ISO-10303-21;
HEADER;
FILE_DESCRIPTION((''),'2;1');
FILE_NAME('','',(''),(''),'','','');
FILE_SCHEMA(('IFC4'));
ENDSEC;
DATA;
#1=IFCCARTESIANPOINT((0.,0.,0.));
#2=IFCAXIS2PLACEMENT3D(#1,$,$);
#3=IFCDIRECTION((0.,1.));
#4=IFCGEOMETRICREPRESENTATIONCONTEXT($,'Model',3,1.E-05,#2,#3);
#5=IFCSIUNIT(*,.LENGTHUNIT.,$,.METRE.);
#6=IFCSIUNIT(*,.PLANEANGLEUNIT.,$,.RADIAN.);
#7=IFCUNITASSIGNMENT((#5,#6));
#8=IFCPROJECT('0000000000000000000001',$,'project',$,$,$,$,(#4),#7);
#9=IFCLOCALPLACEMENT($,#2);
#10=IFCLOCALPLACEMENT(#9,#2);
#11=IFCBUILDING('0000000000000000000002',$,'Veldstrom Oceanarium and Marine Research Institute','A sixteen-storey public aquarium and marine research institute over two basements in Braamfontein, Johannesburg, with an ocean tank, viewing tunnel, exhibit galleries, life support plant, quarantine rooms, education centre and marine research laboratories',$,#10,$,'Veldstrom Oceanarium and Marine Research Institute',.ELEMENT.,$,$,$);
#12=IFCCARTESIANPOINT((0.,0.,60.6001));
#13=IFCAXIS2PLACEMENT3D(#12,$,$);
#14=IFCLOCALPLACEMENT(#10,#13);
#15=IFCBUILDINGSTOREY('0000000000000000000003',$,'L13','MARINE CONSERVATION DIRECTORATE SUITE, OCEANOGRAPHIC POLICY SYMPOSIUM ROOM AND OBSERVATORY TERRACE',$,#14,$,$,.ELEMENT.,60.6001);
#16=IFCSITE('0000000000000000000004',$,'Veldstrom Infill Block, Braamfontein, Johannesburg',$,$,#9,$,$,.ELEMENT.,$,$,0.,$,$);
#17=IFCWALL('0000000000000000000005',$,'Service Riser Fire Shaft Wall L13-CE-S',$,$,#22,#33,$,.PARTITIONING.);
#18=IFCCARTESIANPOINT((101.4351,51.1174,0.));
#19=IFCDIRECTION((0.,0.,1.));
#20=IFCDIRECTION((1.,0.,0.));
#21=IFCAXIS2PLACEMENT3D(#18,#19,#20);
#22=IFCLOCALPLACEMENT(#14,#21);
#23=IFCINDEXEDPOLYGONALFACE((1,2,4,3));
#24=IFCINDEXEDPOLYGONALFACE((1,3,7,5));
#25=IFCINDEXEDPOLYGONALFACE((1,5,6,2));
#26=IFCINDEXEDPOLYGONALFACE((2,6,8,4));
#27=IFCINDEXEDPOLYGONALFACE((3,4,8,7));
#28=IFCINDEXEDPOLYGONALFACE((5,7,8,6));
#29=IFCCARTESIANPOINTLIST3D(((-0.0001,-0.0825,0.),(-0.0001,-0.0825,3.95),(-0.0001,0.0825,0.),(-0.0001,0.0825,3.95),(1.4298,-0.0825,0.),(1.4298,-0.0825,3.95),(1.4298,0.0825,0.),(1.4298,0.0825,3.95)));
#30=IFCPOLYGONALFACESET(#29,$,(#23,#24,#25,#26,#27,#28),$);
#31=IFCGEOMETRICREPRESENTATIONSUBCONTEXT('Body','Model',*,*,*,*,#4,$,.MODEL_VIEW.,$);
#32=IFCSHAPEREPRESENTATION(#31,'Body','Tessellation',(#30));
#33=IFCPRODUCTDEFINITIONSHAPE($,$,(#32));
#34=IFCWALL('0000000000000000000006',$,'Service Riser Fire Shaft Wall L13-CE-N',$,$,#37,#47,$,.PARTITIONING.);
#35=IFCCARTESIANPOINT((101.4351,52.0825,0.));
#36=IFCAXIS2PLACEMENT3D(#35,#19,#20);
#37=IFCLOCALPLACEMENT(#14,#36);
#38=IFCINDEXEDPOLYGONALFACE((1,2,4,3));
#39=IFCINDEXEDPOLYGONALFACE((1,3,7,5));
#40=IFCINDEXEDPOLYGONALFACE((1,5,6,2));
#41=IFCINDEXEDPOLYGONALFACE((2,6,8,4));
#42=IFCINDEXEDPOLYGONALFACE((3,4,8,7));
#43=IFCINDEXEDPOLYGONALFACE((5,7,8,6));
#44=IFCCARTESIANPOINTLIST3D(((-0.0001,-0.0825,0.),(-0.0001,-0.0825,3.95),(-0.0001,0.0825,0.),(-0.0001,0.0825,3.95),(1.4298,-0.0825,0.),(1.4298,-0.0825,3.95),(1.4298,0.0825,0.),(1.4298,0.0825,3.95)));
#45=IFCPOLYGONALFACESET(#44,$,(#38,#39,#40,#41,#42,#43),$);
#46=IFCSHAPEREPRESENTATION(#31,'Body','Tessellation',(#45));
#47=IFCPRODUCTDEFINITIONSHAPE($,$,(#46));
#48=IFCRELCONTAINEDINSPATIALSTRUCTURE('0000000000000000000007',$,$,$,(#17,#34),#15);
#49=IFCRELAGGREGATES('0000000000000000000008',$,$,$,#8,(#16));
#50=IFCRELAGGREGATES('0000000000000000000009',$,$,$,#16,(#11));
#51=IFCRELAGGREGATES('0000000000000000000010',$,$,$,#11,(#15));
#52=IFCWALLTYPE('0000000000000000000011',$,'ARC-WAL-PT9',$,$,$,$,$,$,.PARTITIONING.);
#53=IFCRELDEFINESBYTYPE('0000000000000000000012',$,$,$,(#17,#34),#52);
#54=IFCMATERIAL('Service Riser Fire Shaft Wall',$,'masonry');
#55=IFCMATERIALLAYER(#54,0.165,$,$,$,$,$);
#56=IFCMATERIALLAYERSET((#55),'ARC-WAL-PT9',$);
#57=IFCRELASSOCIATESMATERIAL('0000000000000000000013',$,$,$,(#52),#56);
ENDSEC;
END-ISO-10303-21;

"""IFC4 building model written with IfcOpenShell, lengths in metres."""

from ifc_helpers import new_model, si_unit, direction, frame, frame_2d, origin, place, context, subcontext, project, spatial, rectangle, extrude, material, layer, layer_set, type_object, element, save


model = new_model("IFC4")

# Units and contexts
model_context = context("Model", 3, precision=1e-05, world=origin(), true_north=direction((0.0, 1.0)))
body_context = subcontext(model_context, "Body", "Model", "MODEL_VIEW")
ifc_project = project(units=[si_unit("LENGTHUNIT", "METRE"), si_unit("PLANEANGLEUNIT", "RADIAN")], contexts=[model_context])

# Site, building, storey
site_placement = place(None, origin())
site = spatial("IfcSite", under=ifc_project, at=site_placement, Name="Veldstrom Infill Block, Braamfontein, Johannesburg", CompositionType="ELEMENT", RefElevation=0.0)
building_placement = place(site_placement, origin())
building = spatial("IfcBuilding", under=site, at=building_placement, Name="Veldstrom Oceanarium and Marine Research Institute", Description="A sixteen-storey public aquarium and marine research institute over two basements in Braamfontein, Johannesburg, with an ocean tank, viewing tunnel, exhibit galleries, life support plant, quarantine rooms, education centre and marine research laboratories", LongName="Veldstrom Oceanarium and Marine Research Institute", CompositionType="ELEMENT")
storey_placement = place(building_placement, frame((0.0, 0.0, 60.6001)))
storey = spatial("IfcBuildingStorey", under=building, at=storey_placement, Name="L13", Description="MARINE CONSERVATION DIRECTORATE SUITE, OCEANOGRAPHIC POLICY SYMPOSIUM ROOM AND OBSERVATORY TERRACE", CompositionType="ELEMENT", Elevation=60.6001)

# Walls
ifc_material_1 = material(Name="Service Riser Fire Shaft Wall", Category="masonry")
ifc_layer_1 = layer(ifc_material_1, 0.165)
ifc_layer_set_1 = layer_set([ifc_layer_1], Name="ARC-WAL-PT9")
wall_type_1 = type_object("IfcWallType", Name="ARC-WAL-PT9", PredefinedType="PARTITIONING", material=ifc_layer_set_1)
for number, where, z_axis, x_axis, name in (
    (1, (101.4351, 51.1174, 0.0), (0.0, 0.0, 1.0), (1.0, 0.0, 0.0), "Service Riser Fire Shaft Wall L13-CE-S"),
    (2, (101.4351, 52.0825, 0.0), (0.0, 0.0, 1.0), (1.0, 0.0, 0.0), "Service Riser Fire Shaft Wall L13-CE-N"),
):
    element("IfcWall", number, at=place(storey_placement, frame(where, z_axis=z_axis, x_axis=x_axis)), inside=storey, type_object=wall_type_1, Name=name, PredefinedType="PARTITIONING", context=body_context, shape_type="SweptSolid", body=[
        extrude(rectangle(XDim=1.4299, YDim=0.165, at=frame_2d((0.7148, 0.0))), origin(), (0.0, 0.0, 1.0), 3.95),
    ])

save(model, "model.ifc")
